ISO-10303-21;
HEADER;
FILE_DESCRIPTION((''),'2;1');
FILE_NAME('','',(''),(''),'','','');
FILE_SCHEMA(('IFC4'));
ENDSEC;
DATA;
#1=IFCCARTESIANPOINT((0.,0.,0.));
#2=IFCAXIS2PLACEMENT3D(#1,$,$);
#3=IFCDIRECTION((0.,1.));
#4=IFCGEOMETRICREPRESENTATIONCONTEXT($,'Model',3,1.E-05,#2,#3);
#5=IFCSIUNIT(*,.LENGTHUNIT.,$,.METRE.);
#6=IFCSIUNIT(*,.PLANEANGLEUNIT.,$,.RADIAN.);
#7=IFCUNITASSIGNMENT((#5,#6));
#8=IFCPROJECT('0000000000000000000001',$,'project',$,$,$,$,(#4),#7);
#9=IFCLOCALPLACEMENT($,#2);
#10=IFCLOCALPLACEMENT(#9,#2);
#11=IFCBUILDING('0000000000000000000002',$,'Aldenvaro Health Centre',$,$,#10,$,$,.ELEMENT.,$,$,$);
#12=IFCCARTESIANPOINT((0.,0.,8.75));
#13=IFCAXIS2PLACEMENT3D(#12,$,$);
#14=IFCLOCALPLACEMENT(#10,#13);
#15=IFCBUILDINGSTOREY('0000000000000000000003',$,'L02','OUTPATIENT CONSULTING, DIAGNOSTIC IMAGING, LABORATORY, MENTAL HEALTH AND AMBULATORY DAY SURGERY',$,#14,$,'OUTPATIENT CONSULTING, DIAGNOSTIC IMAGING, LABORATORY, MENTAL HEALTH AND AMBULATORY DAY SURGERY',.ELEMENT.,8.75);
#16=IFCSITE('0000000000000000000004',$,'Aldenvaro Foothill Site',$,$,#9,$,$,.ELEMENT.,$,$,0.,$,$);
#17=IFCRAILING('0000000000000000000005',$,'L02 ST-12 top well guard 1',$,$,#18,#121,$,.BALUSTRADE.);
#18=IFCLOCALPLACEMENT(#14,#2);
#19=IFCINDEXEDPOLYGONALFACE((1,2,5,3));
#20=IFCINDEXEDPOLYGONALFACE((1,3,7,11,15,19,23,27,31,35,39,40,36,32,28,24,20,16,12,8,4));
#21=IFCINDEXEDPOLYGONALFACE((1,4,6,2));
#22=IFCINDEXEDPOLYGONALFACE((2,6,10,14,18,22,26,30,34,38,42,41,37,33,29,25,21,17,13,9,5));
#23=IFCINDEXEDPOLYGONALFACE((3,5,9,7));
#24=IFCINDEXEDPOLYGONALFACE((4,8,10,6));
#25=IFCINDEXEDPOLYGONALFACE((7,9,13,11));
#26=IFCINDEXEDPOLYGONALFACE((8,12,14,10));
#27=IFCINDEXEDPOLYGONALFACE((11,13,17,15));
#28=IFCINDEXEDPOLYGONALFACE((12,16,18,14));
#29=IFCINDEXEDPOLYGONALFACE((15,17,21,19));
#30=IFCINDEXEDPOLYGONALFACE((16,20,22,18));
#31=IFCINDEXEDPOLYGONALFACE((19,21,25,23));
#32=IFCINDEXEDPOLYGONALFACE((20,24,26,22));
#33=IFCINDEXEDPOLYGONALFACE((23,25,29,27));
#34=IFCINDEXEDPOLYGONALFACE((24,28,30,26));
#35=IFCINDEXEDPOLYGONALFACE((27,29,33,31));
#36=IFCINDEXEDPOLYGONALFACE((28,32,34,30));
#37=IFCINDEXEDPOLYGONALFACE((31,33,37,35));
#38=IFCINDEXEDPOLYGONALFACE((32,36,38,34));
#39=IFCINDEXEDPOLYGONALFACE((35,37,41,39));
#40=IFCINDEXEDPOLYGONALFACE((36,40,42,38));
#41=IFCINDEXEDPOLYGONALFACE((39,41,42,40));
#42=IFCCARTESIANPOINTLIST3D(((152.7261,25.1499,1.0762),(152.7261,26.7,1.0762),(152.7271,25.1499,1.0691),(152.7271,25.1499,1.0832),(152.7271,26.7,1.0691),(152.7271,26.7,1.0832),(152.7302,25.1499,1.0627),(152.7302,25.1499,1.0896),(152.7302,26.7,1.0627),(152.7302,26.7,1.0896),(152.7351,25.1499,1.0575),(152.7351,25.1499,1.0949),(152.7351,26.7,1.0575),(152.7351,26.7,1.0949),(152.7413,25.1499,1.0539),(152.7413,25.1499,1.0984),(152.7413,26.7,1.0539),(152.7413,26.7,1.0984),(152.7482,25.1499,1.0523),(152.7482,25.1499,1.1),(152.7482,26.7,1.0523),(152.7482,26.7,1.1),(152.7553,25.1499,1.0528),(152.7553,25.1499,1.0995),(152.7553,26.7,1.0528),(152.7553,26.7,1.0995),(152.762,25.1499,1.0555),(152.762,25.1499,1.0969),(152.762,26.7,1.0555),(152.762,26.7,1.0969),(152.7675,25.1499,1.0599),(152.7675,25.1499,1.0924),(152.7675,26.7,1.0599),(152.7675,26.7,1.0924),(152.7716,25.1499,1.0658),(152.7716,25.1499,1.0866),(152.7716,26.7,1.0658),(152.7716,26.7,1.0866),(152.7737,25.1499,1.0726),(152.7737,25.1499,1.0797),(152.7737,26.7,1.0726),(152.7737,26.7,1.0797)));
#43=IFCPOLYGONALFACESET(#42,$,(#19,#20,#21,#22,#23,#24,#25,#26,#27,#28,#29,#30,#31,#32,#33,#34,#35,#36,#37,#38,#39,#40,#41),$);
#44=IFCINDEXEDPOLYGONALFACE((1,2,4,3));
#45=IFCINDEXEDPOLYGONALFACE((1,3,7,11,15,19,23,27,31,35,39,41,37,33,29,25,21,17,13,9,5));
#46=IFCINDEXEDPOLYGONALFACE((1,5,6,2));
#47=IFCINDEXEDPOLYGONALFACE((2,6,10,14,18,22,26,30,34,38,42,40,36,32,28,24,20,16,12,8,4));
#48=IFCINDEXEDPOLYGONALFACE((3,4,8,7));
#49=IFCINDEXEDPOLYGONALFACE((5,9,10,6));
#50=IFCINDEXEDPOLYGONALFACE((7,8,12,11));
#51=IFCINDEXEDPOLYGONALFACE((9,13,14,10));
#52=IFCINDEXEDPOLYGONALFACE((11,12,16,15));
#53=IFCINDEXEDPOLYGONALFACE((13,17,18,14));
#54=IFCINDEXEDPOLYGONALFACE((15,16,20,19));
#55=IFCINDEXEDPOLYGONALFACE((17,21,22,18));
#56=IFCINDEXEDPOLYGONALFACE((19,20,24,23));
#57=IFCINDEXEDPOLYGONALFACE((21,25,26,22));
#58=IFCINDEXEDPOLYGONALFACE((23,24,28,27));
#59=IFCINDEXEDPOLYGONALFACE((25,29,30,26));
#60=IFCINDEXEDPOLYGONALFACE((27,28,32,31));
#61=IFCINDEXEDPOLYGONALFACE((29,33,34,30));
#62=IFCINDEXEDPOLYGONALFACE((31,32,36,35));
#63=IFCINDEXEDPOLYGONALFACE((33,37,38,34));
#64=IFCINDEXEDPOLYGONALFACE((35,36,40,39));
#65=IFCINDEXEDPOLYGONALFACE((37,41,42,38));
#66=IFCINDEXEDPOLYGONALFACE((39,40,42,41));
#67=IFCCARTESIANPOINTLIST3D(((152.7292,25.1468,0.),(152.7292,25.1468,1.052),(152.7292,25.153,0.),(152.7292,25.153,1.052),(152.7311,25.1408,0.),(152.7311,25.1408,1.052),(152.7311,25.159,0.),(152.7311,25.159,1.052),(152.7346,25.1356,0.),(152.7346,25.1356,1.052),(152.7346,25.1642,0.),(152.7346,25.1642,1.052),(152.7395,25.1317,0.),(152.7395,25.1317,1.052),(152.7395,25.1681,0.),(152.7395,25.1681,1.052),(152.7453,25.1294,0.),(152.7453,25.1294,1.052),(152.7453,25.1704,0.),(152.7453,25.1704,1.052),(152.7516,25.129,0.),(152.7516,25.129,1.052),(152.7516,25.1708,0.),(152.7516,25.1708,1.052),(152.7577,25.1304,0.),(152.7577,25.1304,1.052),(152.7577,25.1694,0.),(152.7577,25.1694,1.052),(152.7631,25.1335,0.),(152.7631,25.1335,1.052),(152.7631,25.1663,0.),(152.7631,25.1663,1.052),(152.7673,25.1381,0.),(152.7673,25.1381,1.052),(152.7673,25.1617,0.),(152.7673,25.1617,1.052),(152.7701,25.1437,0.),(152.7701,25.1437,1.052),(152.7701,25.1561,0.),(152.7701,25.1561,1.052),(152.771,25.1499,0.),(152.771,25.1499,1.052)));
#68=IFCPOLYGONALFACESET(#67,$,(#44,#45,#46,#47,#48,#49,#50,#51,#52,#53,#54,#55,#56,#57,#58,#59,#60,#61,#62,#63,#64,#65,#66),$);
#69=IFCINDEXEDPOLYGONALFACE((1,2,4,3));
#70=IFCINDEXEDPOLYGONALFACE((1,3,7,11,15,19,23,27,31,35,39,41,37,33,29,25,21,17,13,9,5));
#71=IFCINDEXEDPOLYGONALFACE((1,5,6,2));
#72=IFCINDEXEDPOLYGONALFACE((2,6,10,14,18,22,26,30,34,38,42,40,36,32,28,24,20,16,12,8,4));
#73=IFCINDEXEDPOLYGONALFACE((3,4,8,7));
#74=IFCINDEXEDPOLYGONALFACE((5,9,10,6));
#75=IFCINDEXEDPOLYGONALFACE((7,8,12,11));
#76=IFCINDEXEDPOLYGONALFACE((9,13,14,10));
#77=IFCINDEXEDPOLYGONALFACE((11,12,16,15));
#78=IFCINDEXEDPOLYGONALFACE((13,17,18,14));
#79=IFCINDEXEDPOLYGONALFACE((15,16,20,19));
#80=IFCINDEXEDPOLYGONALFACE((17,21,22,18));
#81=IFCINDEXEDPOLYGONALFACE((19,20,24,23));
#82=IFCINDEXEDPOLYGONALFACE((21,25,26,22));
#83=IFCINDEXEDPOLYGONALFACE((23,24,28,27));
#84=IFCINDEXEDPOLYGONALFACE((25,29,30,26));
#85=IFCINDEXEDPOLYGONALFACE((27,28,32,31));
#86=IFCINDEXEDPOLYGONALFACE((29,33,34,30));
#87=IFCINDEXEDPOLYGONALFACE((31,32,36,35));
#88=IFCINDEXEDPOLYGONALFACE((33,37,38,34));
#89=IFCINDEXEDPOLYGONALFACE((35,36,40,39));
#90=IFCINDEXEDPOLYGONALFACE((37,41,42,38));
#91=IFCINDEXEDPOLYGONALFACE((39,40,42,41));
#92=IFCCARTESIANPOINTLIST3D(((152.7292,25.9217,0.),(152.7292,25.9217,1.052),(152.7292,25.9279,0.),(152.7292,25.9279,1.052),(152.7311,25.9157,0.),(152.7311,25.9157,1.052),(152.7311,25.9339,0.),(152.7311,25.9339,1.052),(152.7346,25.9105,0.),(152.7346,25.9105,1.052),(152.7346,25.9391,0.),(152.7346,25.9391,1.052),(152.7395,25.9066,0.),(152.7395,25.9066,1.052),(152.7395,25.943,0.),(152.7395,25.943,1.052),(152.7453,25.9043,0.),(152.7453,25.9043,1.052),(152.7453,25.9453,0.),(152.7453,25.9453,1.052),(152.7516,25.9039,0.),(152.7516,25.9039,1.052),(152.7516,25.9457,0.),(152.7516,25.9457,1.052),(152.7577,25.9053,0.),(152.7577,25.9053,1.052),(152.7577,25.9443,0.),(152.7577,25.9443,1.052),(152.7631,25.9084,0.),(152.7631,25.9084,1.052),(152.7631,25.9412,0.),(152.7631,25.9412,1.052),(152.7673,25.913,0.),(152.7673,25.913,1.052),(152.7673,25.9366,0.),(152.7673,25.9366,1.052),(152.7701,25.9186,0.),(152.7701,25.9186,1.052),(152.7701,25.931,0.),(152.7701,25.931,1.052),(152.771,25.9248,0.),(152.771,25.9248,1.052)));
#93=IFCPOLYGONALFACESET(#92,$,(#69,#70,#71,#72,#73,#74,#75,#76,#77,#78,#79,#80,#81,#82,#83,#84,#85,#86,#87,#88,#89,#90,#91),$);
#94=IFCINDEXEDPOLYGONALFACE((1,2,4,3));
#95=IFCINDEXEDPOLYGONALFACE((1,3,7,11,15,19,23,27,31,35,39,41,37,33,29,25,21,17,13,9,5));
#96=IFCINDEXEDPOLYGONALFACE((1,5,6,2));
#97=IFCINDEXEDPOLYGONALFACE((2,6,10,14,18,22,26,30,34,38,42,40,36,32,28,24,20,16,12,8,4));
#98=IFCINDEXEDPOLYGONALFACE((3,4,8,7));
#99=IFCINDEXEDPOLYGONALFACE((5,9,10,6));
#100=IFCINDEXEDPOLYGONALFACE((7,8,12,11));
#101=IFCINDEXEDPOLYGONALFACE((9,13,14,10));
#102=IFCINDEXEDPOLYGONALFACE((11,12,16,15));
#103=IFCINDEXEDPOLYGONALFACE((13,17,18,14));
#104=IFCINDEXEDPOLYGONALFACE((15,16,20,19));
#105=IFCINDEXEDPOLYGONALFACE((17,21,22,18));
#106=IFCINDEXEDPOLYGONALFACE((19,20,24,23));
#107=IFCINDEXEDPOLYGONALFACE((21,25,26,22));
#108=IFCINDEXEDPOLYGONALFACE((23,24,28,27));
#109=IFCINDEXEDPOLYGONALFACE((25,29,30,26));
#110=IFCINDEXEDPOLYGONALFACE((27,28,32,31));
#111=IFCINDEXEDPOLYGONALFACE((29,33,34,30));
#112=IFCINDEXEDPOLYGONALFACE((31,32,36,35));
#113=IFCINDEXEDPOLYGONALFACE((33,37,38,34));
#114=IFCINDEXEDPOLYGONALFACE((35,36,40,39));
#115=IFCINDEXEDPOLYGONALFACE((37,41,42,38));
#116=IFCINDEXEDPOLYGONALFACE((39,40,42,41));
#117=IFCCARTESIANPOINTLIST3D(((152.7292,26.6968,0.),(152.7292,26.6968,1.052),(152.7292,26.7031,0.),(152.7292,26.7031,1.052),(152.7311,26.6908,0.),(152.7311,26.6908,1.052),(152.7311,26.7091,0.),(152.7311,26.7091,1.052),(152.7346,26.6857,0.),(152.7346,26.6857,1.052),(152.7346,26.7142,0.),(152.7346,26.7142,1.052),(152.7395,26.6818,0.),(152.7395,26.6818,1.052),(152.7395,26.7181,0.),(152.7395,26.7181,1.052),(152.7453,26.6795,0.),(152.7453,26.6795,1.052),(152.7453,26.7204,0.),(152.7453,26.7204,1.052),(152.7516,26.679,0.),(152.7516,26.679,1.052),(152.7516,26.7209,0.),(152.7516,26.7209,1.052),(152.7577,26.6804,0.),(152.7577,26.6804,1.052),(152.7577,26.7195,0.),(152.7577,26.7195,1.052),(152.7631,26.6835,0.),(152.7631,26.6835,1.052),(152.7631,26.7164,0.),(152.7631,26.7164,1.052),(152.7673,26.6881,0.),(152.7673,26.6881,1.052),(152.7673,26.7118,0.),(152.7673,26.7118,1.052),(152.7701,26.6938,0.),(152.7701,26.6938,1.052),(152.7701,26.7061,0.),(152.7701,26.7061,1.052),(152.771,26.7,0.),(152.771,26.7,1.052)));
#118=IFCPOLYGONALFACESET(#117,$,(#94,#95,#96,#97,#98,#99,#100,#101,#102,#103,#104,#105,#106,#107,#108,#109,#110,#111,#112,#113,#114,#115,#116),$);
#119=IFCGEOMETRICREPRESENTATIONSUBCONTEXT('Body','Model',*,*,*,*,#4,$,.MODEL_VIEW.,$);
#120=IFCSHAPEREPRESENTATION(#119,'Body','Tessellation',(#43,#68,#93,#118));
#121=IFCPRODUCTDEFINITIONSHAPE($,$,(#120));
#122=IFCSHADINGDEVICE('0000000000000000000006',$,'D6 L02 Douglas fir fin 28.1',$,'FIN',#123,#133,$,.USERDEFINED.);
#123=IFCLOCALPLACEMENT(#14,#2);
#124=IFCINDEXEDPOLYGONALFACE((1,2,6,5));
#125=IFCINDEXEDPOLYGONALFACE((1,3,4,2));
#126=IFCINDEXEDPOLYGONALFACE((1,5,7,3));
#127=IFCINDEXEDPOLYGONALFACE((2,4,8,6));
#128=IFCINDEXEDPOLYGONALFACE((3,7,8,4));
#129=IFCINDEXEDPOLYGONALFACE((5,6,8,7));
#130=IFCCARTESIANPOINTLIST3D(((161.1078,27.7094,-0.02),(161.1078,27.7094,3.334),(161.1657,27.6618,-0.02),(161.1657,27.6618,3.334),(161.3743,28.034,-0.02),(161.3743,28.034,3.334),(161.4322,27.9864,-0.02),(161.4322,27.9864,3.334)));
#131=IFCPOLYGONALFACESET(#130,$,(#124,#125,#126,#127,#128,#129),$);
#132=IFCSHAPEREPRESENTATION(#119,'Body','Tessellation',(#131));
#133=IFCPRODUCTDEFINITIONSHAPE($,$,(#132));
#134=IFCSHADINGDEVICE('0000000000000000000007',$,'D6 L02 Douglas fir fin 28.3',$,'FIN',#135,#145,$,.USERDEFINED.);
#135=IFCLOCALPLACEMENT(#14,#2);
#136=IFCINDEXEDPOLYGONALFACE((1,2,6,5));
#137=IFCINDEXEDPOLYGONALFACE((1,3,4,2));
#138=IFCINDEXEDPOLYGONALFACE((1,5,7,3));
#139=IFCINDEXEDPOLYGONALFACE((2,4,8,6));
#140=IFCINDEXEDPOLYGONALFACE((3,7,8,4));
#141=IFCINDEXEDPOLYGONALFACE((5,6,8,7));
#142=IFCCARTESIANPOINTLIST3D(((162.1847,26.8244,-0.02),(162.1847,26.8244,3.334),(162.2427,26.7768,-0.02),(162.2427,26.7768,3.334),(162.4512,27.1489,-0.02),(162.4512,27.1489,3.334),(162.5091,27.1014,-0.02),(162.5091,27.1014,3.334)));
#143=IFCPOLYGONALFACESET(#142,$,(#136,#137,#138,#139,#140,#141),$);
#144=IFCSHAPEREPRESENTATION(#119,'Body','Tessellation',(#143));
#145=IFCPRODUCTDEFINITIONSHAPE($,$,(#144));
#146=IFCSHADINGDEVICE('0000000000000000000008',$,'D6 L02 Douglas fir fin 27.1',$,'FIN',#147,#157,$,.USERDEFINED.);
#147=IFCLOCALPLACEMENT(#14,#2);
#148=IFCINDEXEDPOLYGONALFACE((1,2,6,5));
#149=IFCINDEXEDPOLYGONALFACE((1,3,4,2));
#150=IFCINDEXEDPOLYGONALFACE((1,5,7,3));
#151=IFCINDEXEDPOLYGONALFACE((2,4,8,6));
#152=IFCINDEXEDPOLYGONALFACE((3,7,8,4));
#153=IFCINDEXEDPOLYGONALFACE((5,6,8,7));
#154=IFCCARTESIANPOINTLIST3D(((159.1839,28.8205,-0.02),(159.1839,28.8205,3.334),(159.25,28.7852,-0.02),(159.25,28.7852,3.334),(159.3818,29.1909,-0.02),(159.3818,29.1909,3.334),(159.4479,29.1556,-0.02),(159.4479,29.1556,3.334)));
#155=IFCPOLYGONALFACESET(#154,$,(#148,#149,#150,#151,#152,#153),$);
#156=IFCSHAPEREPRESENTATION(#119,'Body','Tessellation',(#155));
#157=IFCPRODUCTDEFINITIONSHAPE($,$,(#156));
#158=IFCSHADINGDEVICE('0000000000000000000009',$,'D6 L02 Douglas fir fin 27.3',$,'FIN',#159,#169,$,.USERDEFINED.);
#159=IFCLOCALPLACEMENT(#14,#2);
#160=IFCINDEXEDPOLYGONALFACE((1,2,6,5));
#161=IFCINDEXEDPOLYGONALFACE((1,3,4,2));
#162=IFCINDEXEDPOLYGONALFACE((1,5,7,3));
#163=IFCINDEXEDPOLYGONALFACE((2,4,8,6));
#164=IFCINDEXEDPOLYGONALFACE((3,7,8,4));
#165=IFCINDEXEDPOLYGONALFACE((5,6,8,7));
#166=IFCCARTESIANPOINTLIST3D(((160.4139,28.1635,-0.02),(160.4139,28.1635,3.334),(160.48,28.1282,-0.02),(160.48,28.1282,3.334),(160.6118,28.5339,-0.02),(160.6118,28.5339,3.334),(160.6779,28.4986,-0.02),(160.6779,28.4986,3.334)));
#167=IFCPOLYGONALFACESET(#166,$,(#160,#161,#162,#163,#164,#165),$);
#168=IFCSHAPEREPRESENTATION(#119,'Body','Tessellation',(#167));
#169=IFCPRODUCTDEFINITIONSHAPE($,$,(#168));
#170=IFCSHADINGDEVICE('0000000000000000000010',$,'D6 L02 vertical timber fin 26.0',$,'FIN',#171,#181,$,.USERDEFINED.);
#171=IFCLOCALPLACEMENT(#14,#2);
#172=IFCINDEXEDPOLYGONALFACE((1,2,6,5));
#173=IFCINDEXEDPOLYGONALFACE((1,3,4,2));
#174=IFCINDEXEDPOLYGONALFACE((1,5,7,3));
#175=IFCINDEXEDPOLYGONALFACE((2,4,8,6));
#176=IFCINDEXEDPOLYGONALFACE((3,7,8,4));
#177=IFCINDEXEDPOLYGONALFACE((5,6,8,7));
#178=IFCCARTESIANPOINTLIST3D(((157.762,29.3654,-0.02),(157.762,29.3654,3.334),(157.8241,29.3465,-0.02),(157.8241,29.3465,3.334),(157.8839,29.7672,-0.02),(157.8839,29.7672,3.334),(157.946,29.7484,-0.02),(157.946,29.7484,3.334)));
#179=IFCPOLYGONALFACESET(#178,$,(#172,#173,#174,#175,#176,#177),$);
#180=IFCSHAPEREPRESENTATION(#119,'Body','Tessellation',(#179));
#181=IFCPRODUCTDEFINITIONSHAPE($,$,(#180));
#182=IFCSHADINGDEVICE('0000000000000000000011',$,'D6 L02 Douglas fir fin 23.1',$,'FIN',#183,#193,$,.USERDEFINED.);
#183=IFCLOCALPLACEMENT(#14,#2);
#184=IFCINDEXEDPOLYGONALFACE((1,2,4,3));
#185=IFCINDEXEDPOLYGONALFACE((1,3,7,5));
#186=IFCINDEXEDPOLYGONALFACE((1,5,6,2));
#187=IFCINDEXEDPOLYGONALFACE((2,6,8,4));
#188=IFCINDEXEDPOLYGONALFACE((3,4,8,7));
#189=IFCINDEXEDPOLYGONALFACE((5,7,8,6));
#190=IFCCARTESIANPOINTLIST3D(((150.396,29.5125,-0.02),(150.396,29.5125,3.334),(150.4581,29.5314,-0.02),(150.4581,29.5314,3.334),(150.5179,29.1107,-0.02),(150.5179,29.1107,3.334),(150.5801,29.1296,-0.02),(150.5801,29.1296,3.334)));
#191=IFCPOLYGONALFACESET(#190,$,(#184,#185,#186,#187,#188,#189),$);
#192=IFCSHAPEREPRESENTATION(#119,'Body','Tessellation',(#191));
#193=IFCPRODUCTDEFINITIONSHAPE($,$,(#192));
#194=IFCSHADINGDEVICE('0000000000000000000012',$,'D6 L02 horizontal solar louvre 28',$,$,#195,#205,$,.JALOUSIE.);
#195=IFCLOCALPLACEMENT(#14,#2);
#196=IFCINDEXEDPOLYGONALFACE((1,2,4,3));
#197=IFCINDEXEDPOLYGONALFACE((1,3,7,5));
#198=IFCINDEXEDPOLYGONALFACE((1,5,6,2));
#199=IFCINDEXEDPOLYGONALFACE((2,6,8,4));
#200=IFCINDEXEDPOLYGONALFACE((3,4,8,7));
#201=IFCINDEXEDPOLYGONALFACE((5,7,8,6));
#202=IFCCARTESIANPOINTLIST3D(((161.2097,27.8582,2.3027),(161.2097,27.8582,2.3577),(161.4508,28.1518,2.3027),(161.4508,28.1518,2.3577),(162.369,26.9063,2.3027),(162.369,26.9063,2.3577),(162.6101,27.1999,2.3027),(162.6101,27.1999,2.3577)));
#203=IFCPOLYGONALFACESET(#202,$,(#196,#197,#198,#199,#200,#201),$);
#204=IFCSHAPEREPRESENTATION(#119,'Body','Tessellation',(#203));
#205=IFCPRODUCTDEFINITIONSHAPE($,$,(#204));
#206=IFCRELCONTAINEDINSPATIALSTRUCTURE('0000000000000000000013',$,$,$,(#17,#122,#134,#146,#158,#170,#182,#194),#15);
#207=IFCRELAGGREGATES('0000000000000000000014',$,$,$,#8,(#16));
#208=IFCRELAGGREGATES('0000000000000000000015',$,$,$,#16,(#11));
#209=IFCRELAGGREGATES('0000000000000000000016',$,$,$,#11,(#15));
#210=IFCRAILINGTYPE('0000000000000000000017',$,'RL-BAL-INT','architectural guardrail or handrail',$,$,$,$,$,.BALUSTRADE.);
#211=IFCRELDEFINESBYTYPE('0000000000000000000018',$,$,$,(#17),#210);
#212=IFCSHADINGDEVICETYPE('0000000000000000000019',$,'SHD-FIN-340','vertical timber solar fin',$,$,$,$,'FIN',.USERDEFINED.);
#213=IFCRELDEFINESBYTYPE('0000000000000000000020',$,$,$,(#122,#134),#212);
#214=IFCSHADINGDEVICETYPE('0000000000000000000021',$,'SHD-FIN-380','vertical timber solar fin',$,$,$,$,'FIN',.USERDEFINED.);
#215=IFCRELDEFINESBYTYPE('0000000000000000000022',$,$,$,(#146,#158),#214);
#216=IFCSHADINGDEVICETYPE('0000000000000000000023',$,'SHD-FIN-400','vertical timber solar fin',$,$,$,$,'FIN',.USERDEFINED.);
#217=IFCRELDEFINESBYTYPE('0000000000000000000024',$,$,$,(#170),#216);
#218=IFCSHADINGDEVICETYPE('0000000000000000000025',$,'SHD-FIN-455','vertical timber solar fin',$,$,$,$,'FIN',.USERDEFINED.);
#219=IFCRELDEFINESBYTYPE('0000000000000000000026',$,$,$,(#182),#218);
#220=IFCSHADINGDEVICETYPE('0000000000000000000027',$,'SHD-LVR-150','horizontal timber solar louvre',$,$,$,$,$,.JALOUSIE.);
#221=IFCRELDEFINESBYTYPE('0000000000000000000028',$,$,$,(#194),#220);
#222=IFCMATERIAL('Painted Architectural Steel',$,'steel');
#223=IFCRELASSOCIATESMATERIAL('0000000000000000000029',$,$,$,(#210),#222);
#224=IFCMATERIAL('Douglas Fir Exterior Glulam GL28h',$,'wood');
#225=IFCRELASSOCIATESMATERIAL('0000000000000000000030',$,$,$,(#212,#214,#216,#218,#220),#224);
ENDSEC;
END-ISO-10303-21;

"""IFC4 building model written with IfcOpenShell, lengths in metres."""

from ifc_helpers import new_model, si_unit, direction, frame, origin, origin_2d, place, context, subcontext, project, spatial, rectangle, circle, extrude, material, type_object, element, save


model = new_model("IFC4")

# Units and contexts
model_context = context("Model", 3, precision=1e-05, world=origin(), true_north=direction((0.0, 1.0)))
body_context = subcontext(model_context, "Body", "Model", "MODEL_VIEW")
ifc_project = project(units=[si_unit("LENGTHUNIT", "METRE"), si_unit("PLANEANGLEUNIT", "RADIAN")], contexts=[model_context])

# Site, building, storey
site_placement = place(None, origin())
site = spatial("IfcSite", under=ifc_project, at=site_placement, Name="Aldenvaro Foothill Site", CompositionType="ELEMENT", RefElevation=0.0)
building_placement = place(site_placement, origin())
building = spatial("IfcBuilding", under=site, at=building_placement, Name="Aldenvaro Health Centre", CompositionType="ELEMENT")
storey_placement = place(building_placement, frame((0.0, 0.0, 8.75)))
storey = spatial("IfcBuildingStorey", under=building, at=storey_placement, Name="L02", Description="OUTPATIENT CONSULTING, DIAGNOSTIC IMAGING, LABORATORY, MENTAL HEALTH AND AMBULATORY DAY SURGERY", LongName="OUTPATIENT CONSULTING, DIAGNOSTIC IMAGING, LABORATORY, MENTAL HEALTH AND AMBULATORY DAY SURGERY", CompositionType="ELEMENT", Elevation=8.75)

# Railing
ifc_material_1 = material(Name="Painted Architectural Steel", Category="steel")
railing_type = type_object("IfcRailingType", Name="RL-BAL-INT", Description="architectural guardrail or handrail", PredefinedType="BALUSTRADE", material=ifc_material_1)
railing_placement = place(storey_placement, frame((152.75, 25.1499, 0.0)))
element("IfcRailing", 1, at=railing_placement, inside=storey, type_object=railing_type, Name="L02 ST-12 top well guard 1", PredefinedType="BALUSTRADE", context=body_context, shape_type="SweptSolid", body=[
    extrude(circle(Radius=0.0239, at=origin_2d()), frame((0.0, 0.0, 1.0762), z_axis=(0.0, 1.0, 0.0), x_axis=(-1.0, 0.0, 0.0)), (0.0, 0.0, 1.0), 1.55),
    extrude(circle(Radius=0.021, at=origin_2d()), origin(), (0.0, 0.0, 1.0), 1.052),
    extrude(circle(Radius=0.021, at=origin_2d()), frame((0.0, 0.7749, 0.0)), (0.0, 0.0, 1.0), 1.052),
    extrude(circle(Radius=0.021, at=origin_2d()), frame((0.0, 1.55, 0.0)), (0.0, 0.0, 1.0), 1.052),
])

# Shading devices
ifc_material_2 = material(Name="Douglas Fir Exterior Glulam GL28h", Category="wood")
shading_device_type_1 = type_object("IfcShadingDeviceType", Name="SHD-FIN-340", Description="vertical timber solar fin", ElementType="FIN", PredefinedType="USERDEFINED", material=ifc_material_2)
for number, where, z_axis, x_axis, name in (
    (2, (161.27, 27.8479, -0.02), (0.0, 0.0, 1.0), (0.77286, -0.634577, 0.0), "D6 L02 Douglas fir fin 28.1"),
    (3, (162.3469, 26.9629, -0.02), (0.0, 0.0, 1.0), (0.77286, -0.634577, 0.0), "D6 L02 Douglas fir fin 28.3"),
):
    element("IfcShadingDevice", number, at=place(storey_placement, frame(where, z_axis=z_axis, x_axis=x_axis)), inside=storey, type_object=shading_device_type_1, Name=name, ObjectType="FIN", PredefinedType="USERDEFINED", context=body_context, shape_type="SweptSolid", body=[
        extrude(rectangle(XDim=0.075, YDim=0.4199, at=origin_2d()), origin(), (0.0, 0.0, 1.0), 3.354),
    ])
shading_device_type_2 = type_object("IfcShadingDeviceType", Name="SHD-FIN-380", Description="vertical timber solar fin", ElementType="FIN", PredefinedType="USERDEFINED", material=ifc_material_2)
for number, where, z_axis, x_axis, name in (
    (4, (159.3159, 28.988, -0.02), (0.0, 0.0, 1.0), (0.882018, -0.471215, 0.0), "D6 L02 Douglas fir fin 27.1"),
    (5, (160.5459, 28.3311, -0.02), (0.0, 0.0, 1.0), (0.882018, -0.471215, 0.0), "D6 L02 Douglas fir fin 27.3"),
):
    element("IfcShadingDevice", number, at=place(storey_placement, frame(where, z_axis=z_axis, x_axis=x_axis)), inside=storey, type_object=shading_device_type_2, Name=name, ObjectType="FIN", PredefinedType="USERDEFINED", context=body_context, shape_type="SweptSolid", body=[
        extrude(rectangle(XDim=0.075, YDim=0.4199, at=origin_2d()), origin(), (0.0, 0.0, 1.0), 3.354),
    ])
shading_device_type_3 = type_object("IfcShadingDeviceType", Name="SHD-FIN-400", Description="vertical timber solar fin", ElementType="FIN", PredefinedType="USERDEFINED", material=ifc_material_2)
shading_device_1_placement = place(storey_placement, frame((157.854, 29.5569, -0.02), z_axis=(0.0, 0.0, 1.0), x_axis=(0.956923, -0.290343, 0.0)))
element("IfcShadingDevice", 6, at=shading_device_1_placement, inside=storey, type_object=shading_device_type_3, Name="D6 L02 vertical timber fin 26.0", ObjectType="FIN", PredefinedType="USERDEFINED", context=body_context, shape_type="SweptSolid", body=[
    extrude(rectangle(XDim=0.0649, YDim=0.4199, at=origin_2d()), origin(), (0.0, 0.0, 1.0), 3.354),
])
shading_device_type_4 = type_object("IfcShadingDeviceType", Name="SHD-FIN-455", Description="vertical timber solar fin", ElementType="FIN", PredefinedType="USERDEFINED", material=ifc_material_2)
shading_device_2_placement = place(storey_placement, frame((150.488, 29.321, -0.02), z_axis=(0.0, 0.0, 1.0), x_axis=(0.956923, 0.290343, 0.0)))
element("IfcShadingDevice", 7, at=shading_device_2_placement, inside=storey, type_object=shading_device_type_4, Name="D6 L02 Douglas fir fin 23.1", ObjectType="FIN", PredefinedType="USERDEFINED", context=body_context, shape_type="SweptSolid", body=[
    extrude(rectangle(XDim=0.0649, YDim=0.4199, at=origin_2d()), origin(), (0.0, 0.0, 1.0), 3.354),
])
shading_device_type_5 = type_object("IfcShadingDeviceType", Name="SHD-LVR-150", Description="horizontal timber solar louvre", PredefinedType="JALOUSIE", material=ifc_material_2)
shading_device_3_placement = place(storey_placement, frame((161.9099, 27.5291, 2.3027), z_axis=(0.0, 0.0, 1.0), x_axis=(0.77286, -0.634577, 0.0)))
element("IfcShadingDevice", 8, at=shading_device_3_placement, inside=storey, type_object=shading_device_type_5, Name="D6 L02 horizontal solar louvre 28", PredefinedType="JALOUSIE", context=body_context, shape_type="SweptSolid", body=[
    extrude(rectangle(XDim=1.5, YDim=0.3799, at=origin_2d()), origin(), (0.0, 0.0, 1.0), 0.0549),
])

save(model, "model.ifc")
